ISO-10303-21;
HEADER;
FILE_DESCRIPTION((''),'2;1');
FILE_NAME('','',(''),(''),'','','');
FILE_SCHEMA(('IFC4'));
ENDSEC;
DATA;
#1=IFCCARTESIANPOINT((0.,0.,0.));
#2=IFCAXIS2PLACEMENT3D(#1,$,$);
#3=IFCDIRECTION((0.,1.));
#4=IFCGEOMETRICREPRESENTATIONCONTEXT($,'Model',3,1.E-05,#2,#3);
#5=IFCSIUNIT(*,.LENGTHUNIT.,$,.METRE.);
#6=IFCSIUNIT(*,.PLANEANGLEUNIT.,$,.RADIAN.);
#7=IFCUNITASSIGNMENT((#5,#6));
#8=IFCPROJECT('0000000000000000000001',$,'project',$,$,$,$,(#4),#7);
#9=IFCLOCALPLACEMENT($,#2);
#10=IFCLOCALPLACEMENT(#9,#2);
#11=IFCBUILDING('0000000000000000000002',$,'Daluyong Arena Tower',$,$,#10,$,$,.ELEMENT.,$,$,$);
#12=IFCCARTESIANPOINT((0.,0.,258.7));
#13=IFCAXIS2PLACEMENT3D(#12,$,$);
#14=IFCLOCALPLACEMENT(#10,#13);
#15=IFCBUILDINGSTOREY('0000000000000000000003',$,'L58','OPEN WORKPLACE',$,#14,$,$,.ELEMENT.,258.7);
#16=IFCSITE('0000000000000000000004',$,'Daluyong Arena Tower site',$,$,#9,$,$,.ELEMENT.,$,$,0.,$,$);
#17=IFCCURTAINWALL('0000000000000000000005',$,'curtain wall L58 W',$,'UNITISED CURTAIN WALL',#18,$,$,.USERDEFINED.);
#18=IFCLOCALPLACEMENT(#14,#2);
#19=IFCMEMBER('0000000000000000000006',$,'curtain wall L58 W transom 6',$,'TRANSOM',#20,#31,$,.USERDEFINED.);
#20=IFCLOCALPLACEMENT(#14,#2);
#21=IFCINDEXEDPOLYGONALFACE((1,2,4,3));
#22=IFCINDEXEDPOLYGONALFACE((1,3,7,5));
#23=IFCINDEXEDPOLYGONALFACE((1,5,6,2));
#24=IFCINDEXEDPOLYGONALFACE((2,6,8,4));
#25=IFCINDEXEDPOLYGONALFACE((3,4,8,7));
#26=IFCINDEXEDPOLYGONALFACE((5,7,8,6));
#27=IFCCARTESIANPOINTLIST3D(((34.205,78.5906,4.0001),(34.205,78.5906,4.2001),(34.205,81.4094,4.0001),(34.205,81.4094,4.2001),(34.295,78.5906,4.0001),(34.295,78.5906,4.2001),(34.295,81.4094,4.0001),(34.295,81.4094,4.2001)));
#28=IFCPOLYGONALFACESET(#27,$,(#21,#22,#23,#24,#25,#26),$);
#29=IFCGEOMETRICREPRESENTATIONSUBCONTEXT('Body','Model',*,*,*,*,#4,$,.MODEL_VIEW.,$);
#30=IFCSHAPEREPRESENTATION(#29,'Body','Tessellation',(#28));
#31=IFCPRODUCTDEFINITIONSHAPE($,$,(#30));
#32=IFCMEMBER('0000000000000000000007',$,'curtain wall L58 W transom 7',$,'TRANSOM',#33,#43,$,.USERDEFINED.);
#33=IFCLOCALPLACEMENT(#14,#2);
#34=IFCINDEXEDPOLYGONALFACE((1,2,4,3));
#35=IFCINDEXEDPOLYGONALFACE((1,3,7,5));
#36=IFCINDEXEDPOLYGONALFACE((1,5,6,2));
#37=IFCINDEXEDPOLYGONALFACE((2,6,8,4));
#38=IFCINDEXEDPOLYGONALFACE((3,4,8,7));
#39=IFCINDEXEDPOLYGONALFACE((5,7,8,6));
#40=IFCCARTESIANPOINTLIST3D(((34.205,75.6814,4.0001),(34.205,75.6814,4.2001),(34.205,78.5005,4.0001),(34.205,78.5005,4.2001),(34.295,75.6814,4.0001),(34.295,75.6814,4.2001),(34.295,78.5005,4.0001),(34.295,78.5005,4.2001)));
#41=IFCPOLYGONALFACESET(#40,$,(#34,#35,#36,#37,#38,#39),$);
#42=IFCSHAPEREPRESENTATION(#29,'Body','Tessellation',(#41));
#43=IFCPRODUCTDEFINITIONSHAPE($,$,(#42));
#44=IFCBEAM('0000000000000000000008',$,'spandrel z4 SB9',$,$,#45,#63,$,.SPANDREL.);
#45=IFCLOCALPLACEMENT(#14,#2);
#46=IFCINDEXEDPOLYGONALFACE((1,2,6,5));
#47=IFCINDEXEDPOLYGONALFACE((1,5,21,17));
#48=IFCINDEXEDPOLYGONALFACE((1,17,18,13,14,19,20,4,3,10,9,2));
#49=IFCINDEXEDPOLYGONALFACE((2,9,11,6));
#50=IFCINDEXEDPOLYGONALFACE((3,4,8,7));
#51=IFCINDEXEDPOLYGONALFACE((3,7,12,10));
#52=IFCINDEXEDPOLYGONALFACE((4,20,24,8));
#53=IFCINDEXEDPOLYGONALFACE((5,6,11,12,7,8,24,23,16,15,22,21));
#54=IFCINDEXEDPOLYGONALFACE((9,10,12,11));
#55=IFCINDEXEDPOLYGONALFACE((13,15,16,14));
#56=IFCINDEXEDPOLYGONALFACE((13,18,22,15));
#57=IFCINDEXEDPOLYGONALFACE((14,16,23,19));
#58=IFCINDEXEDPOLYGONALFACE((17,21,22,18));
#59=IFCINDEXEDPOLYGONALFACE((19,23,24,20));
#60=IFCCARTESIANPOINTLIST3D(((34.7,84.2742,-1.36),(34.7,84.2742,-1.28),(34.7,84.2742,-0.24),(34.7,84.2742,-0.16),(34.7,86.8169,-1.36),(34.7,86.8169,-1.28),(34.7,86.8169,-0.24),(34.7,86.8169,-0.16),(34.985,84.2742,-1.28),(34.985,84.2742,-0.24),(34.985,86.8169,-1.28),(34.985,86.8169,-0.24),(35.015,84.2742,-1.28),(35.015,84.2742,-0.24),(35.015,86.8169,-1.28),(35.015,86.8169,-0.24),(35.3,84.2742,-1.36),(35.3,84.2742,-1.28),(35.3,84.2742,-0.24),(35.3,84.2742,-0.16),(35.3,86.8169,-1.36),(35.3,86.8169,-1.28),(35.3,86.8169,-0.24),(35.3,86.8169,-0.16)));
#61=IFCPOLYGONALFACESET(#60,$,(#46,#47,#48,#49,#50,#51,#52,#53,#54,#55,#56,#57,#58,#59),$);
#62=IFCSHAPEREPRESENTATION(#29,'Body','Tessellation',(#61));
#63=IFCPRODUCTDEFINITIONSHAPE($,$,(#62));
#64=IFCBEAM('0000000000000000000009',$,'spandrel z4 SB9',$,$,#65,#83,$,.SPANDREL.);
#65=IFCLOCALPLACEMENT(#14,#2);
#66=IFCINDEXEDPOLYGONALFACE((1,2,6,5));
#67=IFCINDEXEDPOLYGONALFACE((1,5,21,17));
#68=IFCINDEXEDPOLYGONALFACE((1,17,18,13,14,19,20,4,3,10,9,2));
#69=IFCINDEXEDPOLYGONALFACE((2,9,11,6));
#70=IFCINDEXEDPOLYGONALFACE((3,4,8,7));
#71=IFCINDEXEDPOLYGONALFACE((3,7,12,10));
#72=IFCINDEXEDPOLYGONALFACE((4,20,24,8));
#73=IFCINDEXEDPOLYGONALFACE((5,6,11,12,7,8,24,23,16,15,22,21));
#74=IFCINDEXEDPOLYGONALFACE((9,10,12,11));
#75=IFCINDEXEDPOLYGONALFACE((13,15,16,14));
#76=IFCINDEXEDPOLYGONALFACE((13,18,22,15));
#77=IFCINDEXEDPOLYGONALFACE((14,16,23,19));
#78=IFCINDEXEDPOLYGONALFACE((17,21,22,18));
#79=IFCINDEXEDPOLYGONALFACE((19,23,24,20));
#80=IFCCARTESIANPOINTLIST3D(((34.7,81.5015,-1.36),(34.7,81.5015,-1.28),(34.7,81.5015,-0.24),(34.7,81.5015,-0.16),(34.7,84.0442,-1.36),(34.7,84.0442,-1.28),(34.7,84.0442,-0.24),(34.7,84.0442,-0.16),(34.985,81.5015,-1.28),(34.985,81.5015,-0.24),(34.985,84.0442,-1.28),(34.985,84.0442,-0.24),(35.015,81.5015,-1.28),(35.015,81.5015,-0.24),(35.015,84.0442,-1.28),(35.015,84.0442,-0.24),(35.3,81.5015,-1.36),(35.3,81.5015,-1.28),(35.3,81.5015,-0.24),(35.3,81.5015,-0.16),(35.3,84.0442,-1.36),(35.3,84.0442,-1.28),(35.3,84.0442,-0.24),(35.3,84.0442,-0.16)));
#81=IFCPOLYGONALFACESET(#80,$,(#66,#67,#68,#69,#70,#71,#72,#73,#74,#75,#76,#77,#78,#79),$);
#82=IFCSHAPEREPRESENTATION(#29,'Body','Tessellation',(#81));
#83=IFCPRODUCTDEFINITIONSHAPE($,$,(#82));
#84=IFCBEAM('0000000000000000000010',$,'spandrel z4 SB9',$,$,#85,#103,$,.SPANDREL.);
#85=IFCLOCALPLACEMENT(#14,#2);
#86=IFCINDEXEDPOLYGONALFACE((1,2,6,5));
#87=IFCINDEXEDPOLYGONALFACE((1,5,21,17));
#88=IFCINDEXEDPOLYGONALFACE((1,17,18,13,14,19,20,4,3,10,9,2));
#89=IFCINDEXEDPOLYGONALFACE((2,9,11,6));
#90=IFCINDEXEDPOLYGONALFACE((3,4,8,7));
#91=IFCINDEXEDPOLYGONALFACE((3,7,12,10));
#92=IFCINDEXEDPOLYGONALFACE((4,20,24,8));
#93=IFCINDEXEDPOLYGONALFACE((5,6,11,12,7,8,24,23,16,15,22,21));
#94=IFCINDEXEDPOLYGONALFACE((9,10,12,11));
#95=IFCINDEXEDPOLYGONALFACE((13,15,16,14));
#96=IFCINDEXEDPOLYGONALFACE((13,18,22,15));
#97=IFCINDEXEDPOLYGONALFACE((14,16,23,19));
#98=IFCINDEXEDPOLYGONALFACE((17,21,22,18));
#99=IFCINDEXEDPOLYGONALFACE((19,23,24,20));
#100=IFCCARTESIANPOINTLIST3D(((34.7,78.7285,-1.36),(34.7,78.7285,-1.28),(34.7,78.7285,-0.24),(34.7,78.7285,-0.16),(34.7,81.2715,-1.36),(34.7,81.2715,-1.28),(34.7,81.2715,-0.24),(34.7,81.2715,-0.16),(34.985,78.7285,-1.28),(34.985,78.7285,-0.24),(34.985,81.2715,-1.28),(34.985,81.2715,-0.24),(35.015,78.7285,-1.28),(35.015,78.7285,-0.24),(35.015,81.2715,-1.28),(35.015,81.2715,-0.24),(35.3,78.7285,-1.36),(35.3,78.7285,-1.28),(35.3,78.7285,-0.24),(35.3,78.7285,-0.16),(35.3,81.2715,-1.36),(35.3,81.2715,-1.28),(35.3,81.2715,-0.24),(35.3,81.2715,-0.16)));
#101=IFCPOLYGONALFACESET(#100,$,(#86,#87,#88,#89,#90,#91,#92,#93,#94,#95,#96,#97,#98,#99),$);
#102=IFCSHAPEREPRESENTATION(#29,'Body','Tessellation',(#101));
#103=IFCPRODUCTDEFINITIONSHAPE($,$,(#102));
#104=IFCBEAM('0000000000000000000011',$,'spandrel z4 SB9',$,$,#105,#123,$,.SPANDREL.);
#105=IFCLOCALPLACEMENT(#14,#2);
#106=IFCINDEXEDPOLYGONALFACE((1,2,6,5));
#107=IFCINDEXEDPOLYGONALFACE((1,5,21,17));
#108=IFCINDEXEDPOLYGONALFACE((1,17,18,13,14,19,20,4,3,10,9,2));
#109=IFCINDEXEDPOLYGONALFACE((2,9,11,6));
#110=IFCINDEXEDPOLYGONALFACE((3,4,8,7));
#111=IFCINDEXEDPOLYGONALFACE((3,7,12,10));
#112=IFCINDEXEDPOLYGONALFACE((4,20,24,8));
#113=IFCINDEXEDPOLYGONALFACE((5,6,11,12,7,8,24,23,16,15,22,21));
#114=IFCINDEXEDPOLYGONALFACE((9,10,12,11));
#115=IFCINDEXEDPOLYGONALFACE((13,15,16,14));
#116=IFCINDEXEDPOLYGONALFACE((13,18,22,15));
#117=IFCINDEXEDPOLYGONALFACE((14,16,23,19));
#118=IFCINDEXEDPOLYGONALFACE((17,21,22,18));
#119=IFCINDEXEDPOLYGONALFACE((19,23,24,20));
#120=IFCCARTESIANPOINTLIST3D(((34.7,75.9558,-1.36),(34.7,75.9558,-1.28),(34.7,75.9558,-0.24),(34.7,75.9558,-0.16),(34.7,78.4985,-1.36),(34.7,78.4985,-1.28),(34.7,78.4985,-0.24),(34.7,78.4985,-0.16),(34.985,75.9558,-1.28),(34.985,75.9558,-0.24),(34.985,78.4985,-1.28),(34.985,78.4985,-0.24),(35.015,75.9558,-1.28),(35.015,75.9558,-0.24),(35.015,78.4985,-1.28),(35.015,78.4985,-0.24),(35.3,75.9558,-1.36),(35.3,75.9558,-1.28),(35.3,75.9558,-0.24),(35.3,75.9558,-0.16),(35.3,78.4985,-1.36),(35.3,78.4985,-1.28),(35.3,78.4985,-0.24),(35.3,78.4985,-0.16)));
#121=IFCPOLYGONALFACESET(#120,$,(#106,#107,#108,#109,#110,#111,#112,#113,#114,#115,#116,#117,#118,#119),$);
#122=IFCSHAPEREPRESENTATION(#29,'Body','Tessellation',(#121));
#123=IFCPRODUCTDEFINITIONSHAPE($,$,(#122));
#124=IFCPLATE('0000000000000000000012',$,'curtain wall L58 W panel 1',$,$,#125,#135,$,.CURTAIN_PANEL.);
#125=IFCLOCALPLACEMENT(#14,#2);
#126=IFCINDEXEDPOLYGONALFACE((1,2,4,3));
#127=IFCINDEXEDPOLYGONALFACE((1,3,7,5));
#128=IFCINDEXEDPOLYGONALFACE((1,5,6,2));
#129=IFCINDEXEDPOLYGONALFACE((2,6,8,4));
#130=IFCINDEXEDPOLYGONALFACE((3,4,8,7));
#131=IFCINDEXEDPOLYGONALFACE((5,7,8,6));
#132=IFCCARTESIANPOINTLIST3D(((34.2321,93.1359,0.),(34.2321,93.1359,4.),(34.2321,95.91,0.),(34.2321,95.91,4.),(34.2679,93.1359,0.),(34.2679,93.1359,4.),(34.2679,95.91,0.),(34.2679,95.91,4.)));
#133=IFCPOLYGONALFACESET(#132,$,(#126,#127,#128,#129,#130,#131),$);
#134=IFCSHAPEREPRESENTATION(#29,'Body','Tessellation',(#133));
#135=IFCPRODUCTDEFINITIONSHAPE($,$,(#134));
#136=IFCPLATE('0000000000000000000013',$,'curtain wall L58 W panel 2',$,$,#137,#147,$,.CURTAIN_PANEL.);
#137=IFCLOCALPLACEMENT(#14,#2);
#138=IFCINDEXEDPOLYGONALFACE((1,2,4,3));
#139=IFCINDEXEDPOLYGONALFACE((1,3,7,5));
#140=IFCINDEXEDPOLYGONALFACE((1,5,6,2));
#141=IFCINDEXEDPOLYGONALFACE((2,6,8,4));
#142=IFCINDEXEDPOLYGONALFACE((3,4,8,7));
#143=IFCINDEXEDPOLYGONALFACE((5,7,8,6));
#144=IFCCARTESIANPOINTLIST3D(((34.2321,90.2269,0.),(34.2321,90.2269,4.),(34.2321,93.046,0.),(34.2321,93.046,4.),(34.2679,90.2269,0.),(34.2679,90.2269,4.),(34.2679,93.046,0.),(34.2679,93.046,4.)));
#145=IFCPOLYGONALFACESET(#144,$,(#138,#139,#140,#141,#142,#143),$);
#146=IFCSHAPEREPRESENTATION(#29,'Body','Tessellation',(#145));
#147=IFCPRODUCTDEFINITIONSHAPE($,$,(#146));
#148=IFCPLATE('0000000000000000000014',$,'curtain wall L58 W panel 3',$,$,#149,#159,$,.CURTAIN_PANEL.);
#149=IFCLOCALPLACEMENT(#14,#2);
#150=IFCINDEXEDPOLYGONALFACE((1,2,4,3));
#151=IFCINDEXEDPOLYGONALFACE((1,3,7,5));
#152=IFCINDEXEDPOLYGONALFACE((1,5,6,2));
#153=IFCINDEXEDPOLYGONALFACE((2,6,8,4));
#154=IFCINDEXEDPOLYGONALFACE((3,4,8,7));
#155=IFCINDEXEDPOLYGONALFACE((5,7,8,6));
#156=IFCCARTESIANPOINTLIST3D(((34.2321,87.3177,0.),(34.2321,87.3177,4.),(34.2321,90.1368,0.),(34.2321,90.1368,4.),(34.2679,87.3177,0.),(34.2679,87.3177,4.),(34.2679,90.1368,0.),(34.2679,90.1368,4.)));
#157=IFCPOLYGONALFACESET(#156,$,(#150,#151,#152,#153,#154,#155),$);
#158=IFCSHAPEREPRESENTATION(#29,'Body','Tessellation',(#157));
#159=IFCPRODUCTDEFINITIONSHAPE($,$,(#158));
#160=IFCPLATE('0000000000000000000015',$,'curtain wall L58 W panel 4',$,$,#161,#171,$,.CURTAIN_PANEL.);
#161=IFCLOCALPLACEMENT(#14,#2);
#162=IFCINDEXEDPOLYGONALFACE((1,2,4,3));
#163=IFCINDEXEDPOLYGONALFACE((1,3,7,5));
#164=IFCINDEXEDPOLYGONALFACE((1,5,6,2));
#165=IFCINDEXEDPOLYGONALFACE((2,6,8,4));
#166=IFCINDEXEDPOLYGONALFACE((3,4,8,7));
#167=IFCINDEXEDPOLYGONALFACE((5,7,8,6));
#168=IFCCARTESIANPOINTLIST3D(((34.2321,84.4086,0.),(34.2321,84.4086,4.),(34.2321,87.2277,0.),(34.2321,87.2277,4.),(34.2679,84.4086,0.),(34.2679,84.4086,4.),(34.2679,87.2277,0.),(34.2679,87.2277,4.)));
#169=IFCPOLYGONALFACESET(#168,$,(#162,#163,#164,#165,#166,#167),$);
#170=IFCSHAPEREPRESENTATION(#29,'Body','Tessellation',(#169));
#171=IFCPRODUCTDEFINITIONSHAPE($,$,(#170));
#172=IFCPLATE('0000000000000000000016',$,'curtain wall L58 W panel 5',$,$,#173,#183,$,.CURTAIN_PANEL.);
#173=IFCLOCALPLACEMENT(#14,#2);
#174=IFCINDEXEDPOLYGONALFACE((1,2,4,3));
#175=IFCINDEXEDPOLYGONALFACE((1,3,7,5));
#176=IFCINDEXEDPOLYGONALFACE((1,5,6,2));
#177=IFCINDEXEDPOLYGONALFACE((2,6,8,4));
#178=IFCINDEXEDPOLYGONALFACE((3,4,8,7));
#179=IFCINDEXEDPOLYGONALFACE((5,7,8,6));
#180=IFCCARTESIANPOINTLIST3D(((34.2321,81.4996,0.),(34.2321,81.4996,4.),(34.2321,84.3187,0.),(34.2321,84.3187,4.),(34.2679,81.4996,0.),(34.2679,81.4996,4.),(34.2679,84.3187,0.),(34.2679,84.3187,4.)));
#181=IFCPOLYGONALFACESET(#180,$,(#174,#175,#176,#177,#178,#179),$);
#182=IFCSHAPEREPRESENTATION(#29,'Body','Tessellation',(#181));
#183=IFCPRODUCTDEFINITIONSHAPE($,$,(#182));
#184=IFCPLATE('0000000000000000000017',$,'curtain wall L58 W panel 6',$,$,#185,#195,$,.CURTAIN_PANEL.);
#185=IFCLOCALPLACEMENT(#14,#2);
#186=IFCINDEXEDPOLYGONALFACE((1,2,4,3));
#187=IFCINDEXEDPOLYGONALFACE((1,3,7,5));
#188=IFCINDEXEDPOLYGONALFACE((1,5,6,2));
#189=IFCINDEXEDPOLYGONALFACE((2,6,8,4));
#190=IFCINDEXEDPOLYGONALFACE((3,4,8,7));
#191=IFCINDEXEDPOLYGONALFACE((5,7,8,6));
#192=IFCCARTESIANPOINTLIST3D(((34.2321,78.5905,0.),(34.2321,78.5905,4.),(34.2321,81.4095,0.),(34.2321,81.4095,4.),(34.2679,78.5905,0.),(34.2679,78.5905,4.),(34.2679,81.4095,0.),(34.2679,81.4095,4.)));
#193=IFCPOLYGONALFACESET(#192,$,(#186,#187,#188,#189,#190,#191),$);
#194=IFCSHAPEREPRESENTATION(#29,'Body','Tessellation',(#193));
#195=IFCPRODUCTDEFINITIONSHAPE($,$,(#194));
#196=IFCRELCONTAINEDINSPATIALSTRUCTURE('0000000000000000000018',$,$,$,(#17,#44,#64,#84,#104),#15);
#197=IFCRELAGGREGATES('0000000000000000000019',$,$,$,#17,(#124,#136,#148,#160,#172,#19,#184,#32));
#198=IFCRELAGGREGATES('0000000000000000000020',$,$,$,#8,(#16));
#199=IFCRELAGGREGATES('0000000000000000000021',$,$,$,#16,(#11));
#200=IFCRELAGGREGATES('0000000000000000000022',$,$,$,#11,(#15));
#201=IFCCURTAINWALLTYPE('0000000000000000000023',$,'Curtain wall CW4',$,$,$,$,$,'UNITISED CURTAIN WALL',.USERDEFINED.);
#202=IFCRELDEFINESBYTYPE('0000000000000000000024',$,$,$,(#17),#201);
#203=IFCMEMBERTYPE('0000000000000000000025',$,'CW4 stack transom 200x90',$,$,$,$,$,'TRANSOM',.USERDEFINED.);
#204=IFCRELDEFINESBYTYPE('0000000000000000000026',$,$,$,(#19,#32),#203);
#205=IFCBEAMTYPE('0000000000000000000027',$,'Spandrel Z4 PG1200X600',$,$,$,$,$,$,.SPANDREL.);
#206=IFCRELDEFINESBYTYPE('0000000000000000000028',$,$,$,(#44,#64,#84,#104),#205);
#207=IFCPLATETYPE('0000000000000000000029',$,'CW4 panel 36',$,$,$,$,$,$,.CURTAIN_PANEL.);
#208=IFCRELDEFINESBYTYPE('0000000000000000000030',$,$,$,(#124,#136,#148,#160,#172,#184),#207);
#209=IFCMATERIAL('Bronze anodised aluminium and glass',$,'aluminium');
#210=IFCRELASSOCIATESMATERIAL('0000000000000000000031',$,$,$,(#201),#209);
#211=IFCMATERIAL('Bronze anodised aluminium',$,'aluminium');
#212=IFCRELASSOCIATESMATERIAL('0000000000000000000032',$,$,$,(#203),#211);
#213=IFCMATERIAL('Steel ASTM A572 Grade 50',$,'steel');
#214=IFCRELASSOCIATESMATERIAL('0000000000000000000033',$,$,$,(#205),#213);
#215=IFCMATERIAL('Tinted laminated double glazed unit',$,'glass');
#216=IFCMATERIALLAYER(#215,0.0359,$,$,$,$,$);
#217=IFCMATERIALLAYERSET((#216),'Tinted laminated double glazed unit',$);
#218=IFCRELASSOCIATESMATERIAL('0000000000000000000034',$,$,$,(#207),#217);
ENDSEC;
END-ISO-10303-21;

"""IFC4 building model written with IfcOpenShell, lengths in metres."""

from ifc_helpers import new_model, si_unit, direction, frame, origin, origin_2d, place, context, subcontext, project, spatial, rectangle, i_section, extrude, material, layer, layer_set, material_profile, profile_set, type_object, element, aggregate, save


model = new_model("IFC4")

# Units and contexts
model_context = context("Model", 3, precision=1e-05, world=origin(), true_north=direction((0.0, 1.0)))
body_context = subcontext(model_context, "Body", "Model", "MODEL_VIEW")
ifc_project = project(units=[si_unit("LENGTHUNIT", "METRE"), si_unit("PLANEANGLEUNIT", "RADIAN")], contexts=[model_context])

# Site, building, storey
site_placement = place(None, origin())
site = spatial("IfcSite", under=ifc_project, at=site_placement, Name="Daluyong Arena Tower site", CompositionType="ELEMENT", RefElevation=0.0)
building_placement = place(site_placement, origin())
building = spatial("IfcBuilding", under=site, at=building_placement, Name="Daluyong Arena Tower", CompositionType="ELEMENT")
storey_placement = place(building_placement, frame((0.0, 0.0, 258.7)))
storey = spatial("IfcBuildingStorey", under=building, at=storey_placement, Name="L58", Description="OPEN WORKPLACE", CompositionType="ELEMENT", Elevation=258.7)

# Curtain wall, members
ifc_material_1 = material(Name="Bronze anodised aluminium and glass", Category="aluminium")
curtain_wall_type = type_object("IfcCurtainWallType", Name="Curtain wall CW4", ElementType="UNITISED CURTAIN WALL", PredefinedType="USERDEFINED", material=ifc_material_1)
curtain_wall_placement = place(storey_placement, origin())
curtain_wall = element("IfcCurtainWall", 1, at=curtain_wall_placement, inside=storey, type_object=curtain_wall_type, Name="curtain wall L58 W", ObjectType="UNITISED CURTAIN WALL", PredefinedType="USERDEFINED")
ifc_material_2 = material(Name="Bronze anodised aluminium", Category="aluminium")
ifc_material_profile_1 = material_profile(ifc_material_2, rectangle(XDim=0.0901, YDim=0.2, at=origin_2d()))
ifc_profile_set_1 = profile_set([ifc_material_profile_1], Name="Bronze anodised aluminium")
member_type_1 = type_object("IfcMemberType", Name="CW4 stack transom 200x90", ElementType="TRANSOM", PredefinedType="USERDEFINED", material=ifc_profile_set_1)
member_1_placement = place(storey_placement, frame((34.25, 81.4094, 4.1001), z_axis=(0.0, -1.0, 0.0), x_axis=(1.0, 0.0, 0.0)))
member_1 = element("IfcMember", 2, at=member_1_placement, type_object=member_type_1, Name="curtain wall L58 W transom 6", ObjectType="TRANSOM", PredefinedType="USERDEFINED", context=body_context, shape_type="SweptSolid", body=[
    extrude(rectangle(XDim=0.0901, YDim=0.2, at=origin_2d()), origin(), (0.0, 0.0, 1.0), 2.8188),
])
member_2_placement = place(storey_placement, frame((34.25, 78.5005, 4.1001), z_axis=(0.0, -1.0, 0.0), x_axis=(1.0, 0.0, 0.0)))
member_2 = element("IfcMember", 3, at=member_2_placement, type_object=member_type_1, Name="curtain wall L58 W transom 7", ObjectType="TRANSOM", PredefinedType="USERDEFINED", context=body_context, shape_type="SweptSolid", body=[
    extrude(rectangle(XDim=0.0901, YDim=0.2, at=origin_2d()), origin(), (0.0, 0.0, 1.0), 2.8191),
])

# Beams
ifc_material_3 = material(Name="Steel ASTM A572 Grade 50", Category="steel")
ifc_material_profile_2 = material_profile(ifc_material_3, i_section(OverallWidth=0.6001, OverallDepth=1.2, WebThickness=0.03, FlangeThickness=0.08, at=origin_2d()))
ifc_profile_set_2 = profile_set([ifc_material_profile_2], Name="Steel ASTM A572 Grade 50")
beam_type = type_object("IfcBeamType", Name="Spandrel Z4 PG1200X600", PredefinedType="SPANDREL", material=ifc_profile_set_2)
for number, where, z_axis, x_axis, name in (
    (4, (35.0, 86.8169, -0.76), (0.0, -1.0, 0.0), (1.0, 0.0, 0.0), "spandrel z4 SB9"),
    (5, (35.0, 84.0442, -0.76), (0.0, -1.0, 0.0), (1.0, 0.0, 0.0), "spandrel z4 SB9"),
):
    element("IfcBeam", number, at=place(storey_placement, frame(where, z_axis=z_axis, x_axis=x_axis)), inside=storey, type_object=beam_type, Name=name, PredefinedType="SPANDREL", context=body_context, shape_type="SweptSolid", body=[
        extrude(i_section(OverallWidth=0.6001, OverallDepth=1.2, WebThickness=0.03, FlangeThickness=0.08, at=origin_2d()), origin(), (0.0, 0.0, 1.0), 2.5427),
    ])
beam_1_placement = place(storey_placement, frame((35.0, 81.2715, -0.76), z_axis=(0.0, -1.0, 0.0), x_axis=(1.0, 0.0, 0.0)))
element("IfcBeam", 6, at=beam_1_placement, inside=storey, type_object=beam_type, Name="spandrel z4 SB9", PredefinedType="SPANDREL", context=body_context, shape_type="SweptSolid", body=[
    extrude(i_section(OverallWidth=0.6001, OverallDepth=1.2, WebThickness=0.03, FlangeThickness=0.08, at=origin_2d()), origin(), (0.0, 0.0, 1.0), 2.543),
])
beam_2_placement = place(storey_placement, frame((35.0, 78.4985, -0.76), z_axis=(0.0, -1.0, 0.0), x_axis=(1.0, 0.0, 0.0)))
element("IfcBeam", 7, at=beam_2_placement, inside=storey, type_object=beam_type, Name="spandrel z4 SB9", PredefinedType="SPANDREL", context=body_context, shape_type="SweptSolid", body=[
    extrude(i_section(OverallWidth=0.6001, OverallDepth=1.2, WebThickness=0.03, FlangeThickness=0.08, at=origin_2d()), origin(), (0.0, 0.0, 1.0), 2.5427),
])

# Plates
ifc_material_4 = material(Name="Tinted laminated double glazed unit", Category="glass")
ifc_layer = layer(ifc_material_4, 0.0359)
ifc_layer_set = layer_set([ifc_layer], Name="Tinted laminated double glazed unit")
plate_type = type_object("IfcPlateType", Name="CW4 panel 36", PredefinedType="CURTAIN_PANEL", material=ifc_layer_set)
plate_1_placement = place(storey_placement, frame((34.25, 94.5229, 0.0), z_axis=(0.0, 0.0, 1.0), x_axis=(0.0, -1.0, 0.0)))
plate_1 = element("IfcPlate", 8, at=plate_1_placement, type_object=plate_type, Name="curtain wall L58 W panel 1", PredefinedType="CURTAIN_PANEL", context=body_context, shape_type="SweptSolid", body=[
    extrude(rectangle(XDim=2.7742, YDim=0.0359, at=origin_2d()), origin(), (0.0, 0.0, 1.0), 4.0),
])
plate_2_placement = place(storey_placement, frame((34.25, 91.6365, 0.0), z_axis=(0.0, 0.0, 1.0), x_axis=(0.0, -1.0, 0.0)))
plate_2 = element("IfcPlate", 9, at=plate_2_placement, type_object=plate_type, Name="curtain wall L58 W panel 2", PredefinedType="CURTAIN_PANEL", context=body_context, shape_type="SweptSolid", body=[
    extrude(rectangle(XDim=2.8191, YDim=0.0359, at=origin_2d()), origin(), (0.0, 0.0, 1.0), 4.0),
])
plate_3_placement = place(storey_placement, frame((34.25, 88.7273, 0.0), z_axis=(0.0, 0.0, 1.0), x_axis=(0.0, -1.0, 0.0)))
plate_3 = element("IfcPlate", 10, at=plate_3_placement, type_object=plate_type, Name="curtain wall L58 W panel 3", PredefinedType="CURTAIN_PANEL", context=body_context, shape_type="SweptSolid", body=[
    extrude(rectangle(XDim=2.8191, YDim=0.0359, at=origin_2d()), origin(), (0.0, 0.0, 1.0), 4.0),
])
plate_4_placement = place(storey_placement, frame((34.25, 85.8181, 0.0), z_axis=(0.0, 0.0, 1.0), x_axis=(0.0, -1.0, 0.0)))
plate_4 = element("IfcPlate", 11, at=plate_4_placement, type_object=plate_type, Name="curtain wall L58 W panel 4", PredefinedType="CURTAIN_PANEL", context=body_context, shape_type="SweptSolid", body=[
    extrude(rectangle(XDim=2.8191, YDim=0.0359, at=origin_2d()), origin(), (0.0, 0.0, 1.0), 4.0),
])
plate_5_placement = place(storey_placement, frame((34.25, 82.9092, 0.0), z_axis=(0.0, 0.0, 1.0), x_axis=(0.0, -1.0, 0.0)))
plate_5 = element("IfcPlate", 12, at=plate_5_placement, type_object=plate_type, Name="curtain wall L58 W panel 5", PredefinedType="CURTAIN_PANEL", context=body_context, shape_type="SweptSolid", body=[
    extrude(rectangle(XDim=2.8191, YDim=0.0359, at=origin_2d()), origin(), (0.0, 0.0, 1.0), 4.0),
])
plate_6_placement = place(storey_placement, frame((34.25, 80.0, 0.0), z_axis=(0.0, 0.0, 1.0), x_axis=(0.0, -1.0, 0.0)))
plate_6 = element("IfcPlate", 13, at=plate_6_placement, type_object=plate_type, Name="curtain wall L58 W panel 6", PredefinedType="CURTAIN_PANEL", context=body_context, shape_type="SweptSolid", body=[
    extrude(rectangle(XDim=2.8191, YDim=0.0359, at=origin_2d()), origin(), (0.0, 0.0, 1.0), 4.0),
])
aggregate(curtain_wall, [plate_1, plate_2, plate_3, plate_4, plate_5, member_1, plate_6, member_2])

save(model, "model.ifc")
